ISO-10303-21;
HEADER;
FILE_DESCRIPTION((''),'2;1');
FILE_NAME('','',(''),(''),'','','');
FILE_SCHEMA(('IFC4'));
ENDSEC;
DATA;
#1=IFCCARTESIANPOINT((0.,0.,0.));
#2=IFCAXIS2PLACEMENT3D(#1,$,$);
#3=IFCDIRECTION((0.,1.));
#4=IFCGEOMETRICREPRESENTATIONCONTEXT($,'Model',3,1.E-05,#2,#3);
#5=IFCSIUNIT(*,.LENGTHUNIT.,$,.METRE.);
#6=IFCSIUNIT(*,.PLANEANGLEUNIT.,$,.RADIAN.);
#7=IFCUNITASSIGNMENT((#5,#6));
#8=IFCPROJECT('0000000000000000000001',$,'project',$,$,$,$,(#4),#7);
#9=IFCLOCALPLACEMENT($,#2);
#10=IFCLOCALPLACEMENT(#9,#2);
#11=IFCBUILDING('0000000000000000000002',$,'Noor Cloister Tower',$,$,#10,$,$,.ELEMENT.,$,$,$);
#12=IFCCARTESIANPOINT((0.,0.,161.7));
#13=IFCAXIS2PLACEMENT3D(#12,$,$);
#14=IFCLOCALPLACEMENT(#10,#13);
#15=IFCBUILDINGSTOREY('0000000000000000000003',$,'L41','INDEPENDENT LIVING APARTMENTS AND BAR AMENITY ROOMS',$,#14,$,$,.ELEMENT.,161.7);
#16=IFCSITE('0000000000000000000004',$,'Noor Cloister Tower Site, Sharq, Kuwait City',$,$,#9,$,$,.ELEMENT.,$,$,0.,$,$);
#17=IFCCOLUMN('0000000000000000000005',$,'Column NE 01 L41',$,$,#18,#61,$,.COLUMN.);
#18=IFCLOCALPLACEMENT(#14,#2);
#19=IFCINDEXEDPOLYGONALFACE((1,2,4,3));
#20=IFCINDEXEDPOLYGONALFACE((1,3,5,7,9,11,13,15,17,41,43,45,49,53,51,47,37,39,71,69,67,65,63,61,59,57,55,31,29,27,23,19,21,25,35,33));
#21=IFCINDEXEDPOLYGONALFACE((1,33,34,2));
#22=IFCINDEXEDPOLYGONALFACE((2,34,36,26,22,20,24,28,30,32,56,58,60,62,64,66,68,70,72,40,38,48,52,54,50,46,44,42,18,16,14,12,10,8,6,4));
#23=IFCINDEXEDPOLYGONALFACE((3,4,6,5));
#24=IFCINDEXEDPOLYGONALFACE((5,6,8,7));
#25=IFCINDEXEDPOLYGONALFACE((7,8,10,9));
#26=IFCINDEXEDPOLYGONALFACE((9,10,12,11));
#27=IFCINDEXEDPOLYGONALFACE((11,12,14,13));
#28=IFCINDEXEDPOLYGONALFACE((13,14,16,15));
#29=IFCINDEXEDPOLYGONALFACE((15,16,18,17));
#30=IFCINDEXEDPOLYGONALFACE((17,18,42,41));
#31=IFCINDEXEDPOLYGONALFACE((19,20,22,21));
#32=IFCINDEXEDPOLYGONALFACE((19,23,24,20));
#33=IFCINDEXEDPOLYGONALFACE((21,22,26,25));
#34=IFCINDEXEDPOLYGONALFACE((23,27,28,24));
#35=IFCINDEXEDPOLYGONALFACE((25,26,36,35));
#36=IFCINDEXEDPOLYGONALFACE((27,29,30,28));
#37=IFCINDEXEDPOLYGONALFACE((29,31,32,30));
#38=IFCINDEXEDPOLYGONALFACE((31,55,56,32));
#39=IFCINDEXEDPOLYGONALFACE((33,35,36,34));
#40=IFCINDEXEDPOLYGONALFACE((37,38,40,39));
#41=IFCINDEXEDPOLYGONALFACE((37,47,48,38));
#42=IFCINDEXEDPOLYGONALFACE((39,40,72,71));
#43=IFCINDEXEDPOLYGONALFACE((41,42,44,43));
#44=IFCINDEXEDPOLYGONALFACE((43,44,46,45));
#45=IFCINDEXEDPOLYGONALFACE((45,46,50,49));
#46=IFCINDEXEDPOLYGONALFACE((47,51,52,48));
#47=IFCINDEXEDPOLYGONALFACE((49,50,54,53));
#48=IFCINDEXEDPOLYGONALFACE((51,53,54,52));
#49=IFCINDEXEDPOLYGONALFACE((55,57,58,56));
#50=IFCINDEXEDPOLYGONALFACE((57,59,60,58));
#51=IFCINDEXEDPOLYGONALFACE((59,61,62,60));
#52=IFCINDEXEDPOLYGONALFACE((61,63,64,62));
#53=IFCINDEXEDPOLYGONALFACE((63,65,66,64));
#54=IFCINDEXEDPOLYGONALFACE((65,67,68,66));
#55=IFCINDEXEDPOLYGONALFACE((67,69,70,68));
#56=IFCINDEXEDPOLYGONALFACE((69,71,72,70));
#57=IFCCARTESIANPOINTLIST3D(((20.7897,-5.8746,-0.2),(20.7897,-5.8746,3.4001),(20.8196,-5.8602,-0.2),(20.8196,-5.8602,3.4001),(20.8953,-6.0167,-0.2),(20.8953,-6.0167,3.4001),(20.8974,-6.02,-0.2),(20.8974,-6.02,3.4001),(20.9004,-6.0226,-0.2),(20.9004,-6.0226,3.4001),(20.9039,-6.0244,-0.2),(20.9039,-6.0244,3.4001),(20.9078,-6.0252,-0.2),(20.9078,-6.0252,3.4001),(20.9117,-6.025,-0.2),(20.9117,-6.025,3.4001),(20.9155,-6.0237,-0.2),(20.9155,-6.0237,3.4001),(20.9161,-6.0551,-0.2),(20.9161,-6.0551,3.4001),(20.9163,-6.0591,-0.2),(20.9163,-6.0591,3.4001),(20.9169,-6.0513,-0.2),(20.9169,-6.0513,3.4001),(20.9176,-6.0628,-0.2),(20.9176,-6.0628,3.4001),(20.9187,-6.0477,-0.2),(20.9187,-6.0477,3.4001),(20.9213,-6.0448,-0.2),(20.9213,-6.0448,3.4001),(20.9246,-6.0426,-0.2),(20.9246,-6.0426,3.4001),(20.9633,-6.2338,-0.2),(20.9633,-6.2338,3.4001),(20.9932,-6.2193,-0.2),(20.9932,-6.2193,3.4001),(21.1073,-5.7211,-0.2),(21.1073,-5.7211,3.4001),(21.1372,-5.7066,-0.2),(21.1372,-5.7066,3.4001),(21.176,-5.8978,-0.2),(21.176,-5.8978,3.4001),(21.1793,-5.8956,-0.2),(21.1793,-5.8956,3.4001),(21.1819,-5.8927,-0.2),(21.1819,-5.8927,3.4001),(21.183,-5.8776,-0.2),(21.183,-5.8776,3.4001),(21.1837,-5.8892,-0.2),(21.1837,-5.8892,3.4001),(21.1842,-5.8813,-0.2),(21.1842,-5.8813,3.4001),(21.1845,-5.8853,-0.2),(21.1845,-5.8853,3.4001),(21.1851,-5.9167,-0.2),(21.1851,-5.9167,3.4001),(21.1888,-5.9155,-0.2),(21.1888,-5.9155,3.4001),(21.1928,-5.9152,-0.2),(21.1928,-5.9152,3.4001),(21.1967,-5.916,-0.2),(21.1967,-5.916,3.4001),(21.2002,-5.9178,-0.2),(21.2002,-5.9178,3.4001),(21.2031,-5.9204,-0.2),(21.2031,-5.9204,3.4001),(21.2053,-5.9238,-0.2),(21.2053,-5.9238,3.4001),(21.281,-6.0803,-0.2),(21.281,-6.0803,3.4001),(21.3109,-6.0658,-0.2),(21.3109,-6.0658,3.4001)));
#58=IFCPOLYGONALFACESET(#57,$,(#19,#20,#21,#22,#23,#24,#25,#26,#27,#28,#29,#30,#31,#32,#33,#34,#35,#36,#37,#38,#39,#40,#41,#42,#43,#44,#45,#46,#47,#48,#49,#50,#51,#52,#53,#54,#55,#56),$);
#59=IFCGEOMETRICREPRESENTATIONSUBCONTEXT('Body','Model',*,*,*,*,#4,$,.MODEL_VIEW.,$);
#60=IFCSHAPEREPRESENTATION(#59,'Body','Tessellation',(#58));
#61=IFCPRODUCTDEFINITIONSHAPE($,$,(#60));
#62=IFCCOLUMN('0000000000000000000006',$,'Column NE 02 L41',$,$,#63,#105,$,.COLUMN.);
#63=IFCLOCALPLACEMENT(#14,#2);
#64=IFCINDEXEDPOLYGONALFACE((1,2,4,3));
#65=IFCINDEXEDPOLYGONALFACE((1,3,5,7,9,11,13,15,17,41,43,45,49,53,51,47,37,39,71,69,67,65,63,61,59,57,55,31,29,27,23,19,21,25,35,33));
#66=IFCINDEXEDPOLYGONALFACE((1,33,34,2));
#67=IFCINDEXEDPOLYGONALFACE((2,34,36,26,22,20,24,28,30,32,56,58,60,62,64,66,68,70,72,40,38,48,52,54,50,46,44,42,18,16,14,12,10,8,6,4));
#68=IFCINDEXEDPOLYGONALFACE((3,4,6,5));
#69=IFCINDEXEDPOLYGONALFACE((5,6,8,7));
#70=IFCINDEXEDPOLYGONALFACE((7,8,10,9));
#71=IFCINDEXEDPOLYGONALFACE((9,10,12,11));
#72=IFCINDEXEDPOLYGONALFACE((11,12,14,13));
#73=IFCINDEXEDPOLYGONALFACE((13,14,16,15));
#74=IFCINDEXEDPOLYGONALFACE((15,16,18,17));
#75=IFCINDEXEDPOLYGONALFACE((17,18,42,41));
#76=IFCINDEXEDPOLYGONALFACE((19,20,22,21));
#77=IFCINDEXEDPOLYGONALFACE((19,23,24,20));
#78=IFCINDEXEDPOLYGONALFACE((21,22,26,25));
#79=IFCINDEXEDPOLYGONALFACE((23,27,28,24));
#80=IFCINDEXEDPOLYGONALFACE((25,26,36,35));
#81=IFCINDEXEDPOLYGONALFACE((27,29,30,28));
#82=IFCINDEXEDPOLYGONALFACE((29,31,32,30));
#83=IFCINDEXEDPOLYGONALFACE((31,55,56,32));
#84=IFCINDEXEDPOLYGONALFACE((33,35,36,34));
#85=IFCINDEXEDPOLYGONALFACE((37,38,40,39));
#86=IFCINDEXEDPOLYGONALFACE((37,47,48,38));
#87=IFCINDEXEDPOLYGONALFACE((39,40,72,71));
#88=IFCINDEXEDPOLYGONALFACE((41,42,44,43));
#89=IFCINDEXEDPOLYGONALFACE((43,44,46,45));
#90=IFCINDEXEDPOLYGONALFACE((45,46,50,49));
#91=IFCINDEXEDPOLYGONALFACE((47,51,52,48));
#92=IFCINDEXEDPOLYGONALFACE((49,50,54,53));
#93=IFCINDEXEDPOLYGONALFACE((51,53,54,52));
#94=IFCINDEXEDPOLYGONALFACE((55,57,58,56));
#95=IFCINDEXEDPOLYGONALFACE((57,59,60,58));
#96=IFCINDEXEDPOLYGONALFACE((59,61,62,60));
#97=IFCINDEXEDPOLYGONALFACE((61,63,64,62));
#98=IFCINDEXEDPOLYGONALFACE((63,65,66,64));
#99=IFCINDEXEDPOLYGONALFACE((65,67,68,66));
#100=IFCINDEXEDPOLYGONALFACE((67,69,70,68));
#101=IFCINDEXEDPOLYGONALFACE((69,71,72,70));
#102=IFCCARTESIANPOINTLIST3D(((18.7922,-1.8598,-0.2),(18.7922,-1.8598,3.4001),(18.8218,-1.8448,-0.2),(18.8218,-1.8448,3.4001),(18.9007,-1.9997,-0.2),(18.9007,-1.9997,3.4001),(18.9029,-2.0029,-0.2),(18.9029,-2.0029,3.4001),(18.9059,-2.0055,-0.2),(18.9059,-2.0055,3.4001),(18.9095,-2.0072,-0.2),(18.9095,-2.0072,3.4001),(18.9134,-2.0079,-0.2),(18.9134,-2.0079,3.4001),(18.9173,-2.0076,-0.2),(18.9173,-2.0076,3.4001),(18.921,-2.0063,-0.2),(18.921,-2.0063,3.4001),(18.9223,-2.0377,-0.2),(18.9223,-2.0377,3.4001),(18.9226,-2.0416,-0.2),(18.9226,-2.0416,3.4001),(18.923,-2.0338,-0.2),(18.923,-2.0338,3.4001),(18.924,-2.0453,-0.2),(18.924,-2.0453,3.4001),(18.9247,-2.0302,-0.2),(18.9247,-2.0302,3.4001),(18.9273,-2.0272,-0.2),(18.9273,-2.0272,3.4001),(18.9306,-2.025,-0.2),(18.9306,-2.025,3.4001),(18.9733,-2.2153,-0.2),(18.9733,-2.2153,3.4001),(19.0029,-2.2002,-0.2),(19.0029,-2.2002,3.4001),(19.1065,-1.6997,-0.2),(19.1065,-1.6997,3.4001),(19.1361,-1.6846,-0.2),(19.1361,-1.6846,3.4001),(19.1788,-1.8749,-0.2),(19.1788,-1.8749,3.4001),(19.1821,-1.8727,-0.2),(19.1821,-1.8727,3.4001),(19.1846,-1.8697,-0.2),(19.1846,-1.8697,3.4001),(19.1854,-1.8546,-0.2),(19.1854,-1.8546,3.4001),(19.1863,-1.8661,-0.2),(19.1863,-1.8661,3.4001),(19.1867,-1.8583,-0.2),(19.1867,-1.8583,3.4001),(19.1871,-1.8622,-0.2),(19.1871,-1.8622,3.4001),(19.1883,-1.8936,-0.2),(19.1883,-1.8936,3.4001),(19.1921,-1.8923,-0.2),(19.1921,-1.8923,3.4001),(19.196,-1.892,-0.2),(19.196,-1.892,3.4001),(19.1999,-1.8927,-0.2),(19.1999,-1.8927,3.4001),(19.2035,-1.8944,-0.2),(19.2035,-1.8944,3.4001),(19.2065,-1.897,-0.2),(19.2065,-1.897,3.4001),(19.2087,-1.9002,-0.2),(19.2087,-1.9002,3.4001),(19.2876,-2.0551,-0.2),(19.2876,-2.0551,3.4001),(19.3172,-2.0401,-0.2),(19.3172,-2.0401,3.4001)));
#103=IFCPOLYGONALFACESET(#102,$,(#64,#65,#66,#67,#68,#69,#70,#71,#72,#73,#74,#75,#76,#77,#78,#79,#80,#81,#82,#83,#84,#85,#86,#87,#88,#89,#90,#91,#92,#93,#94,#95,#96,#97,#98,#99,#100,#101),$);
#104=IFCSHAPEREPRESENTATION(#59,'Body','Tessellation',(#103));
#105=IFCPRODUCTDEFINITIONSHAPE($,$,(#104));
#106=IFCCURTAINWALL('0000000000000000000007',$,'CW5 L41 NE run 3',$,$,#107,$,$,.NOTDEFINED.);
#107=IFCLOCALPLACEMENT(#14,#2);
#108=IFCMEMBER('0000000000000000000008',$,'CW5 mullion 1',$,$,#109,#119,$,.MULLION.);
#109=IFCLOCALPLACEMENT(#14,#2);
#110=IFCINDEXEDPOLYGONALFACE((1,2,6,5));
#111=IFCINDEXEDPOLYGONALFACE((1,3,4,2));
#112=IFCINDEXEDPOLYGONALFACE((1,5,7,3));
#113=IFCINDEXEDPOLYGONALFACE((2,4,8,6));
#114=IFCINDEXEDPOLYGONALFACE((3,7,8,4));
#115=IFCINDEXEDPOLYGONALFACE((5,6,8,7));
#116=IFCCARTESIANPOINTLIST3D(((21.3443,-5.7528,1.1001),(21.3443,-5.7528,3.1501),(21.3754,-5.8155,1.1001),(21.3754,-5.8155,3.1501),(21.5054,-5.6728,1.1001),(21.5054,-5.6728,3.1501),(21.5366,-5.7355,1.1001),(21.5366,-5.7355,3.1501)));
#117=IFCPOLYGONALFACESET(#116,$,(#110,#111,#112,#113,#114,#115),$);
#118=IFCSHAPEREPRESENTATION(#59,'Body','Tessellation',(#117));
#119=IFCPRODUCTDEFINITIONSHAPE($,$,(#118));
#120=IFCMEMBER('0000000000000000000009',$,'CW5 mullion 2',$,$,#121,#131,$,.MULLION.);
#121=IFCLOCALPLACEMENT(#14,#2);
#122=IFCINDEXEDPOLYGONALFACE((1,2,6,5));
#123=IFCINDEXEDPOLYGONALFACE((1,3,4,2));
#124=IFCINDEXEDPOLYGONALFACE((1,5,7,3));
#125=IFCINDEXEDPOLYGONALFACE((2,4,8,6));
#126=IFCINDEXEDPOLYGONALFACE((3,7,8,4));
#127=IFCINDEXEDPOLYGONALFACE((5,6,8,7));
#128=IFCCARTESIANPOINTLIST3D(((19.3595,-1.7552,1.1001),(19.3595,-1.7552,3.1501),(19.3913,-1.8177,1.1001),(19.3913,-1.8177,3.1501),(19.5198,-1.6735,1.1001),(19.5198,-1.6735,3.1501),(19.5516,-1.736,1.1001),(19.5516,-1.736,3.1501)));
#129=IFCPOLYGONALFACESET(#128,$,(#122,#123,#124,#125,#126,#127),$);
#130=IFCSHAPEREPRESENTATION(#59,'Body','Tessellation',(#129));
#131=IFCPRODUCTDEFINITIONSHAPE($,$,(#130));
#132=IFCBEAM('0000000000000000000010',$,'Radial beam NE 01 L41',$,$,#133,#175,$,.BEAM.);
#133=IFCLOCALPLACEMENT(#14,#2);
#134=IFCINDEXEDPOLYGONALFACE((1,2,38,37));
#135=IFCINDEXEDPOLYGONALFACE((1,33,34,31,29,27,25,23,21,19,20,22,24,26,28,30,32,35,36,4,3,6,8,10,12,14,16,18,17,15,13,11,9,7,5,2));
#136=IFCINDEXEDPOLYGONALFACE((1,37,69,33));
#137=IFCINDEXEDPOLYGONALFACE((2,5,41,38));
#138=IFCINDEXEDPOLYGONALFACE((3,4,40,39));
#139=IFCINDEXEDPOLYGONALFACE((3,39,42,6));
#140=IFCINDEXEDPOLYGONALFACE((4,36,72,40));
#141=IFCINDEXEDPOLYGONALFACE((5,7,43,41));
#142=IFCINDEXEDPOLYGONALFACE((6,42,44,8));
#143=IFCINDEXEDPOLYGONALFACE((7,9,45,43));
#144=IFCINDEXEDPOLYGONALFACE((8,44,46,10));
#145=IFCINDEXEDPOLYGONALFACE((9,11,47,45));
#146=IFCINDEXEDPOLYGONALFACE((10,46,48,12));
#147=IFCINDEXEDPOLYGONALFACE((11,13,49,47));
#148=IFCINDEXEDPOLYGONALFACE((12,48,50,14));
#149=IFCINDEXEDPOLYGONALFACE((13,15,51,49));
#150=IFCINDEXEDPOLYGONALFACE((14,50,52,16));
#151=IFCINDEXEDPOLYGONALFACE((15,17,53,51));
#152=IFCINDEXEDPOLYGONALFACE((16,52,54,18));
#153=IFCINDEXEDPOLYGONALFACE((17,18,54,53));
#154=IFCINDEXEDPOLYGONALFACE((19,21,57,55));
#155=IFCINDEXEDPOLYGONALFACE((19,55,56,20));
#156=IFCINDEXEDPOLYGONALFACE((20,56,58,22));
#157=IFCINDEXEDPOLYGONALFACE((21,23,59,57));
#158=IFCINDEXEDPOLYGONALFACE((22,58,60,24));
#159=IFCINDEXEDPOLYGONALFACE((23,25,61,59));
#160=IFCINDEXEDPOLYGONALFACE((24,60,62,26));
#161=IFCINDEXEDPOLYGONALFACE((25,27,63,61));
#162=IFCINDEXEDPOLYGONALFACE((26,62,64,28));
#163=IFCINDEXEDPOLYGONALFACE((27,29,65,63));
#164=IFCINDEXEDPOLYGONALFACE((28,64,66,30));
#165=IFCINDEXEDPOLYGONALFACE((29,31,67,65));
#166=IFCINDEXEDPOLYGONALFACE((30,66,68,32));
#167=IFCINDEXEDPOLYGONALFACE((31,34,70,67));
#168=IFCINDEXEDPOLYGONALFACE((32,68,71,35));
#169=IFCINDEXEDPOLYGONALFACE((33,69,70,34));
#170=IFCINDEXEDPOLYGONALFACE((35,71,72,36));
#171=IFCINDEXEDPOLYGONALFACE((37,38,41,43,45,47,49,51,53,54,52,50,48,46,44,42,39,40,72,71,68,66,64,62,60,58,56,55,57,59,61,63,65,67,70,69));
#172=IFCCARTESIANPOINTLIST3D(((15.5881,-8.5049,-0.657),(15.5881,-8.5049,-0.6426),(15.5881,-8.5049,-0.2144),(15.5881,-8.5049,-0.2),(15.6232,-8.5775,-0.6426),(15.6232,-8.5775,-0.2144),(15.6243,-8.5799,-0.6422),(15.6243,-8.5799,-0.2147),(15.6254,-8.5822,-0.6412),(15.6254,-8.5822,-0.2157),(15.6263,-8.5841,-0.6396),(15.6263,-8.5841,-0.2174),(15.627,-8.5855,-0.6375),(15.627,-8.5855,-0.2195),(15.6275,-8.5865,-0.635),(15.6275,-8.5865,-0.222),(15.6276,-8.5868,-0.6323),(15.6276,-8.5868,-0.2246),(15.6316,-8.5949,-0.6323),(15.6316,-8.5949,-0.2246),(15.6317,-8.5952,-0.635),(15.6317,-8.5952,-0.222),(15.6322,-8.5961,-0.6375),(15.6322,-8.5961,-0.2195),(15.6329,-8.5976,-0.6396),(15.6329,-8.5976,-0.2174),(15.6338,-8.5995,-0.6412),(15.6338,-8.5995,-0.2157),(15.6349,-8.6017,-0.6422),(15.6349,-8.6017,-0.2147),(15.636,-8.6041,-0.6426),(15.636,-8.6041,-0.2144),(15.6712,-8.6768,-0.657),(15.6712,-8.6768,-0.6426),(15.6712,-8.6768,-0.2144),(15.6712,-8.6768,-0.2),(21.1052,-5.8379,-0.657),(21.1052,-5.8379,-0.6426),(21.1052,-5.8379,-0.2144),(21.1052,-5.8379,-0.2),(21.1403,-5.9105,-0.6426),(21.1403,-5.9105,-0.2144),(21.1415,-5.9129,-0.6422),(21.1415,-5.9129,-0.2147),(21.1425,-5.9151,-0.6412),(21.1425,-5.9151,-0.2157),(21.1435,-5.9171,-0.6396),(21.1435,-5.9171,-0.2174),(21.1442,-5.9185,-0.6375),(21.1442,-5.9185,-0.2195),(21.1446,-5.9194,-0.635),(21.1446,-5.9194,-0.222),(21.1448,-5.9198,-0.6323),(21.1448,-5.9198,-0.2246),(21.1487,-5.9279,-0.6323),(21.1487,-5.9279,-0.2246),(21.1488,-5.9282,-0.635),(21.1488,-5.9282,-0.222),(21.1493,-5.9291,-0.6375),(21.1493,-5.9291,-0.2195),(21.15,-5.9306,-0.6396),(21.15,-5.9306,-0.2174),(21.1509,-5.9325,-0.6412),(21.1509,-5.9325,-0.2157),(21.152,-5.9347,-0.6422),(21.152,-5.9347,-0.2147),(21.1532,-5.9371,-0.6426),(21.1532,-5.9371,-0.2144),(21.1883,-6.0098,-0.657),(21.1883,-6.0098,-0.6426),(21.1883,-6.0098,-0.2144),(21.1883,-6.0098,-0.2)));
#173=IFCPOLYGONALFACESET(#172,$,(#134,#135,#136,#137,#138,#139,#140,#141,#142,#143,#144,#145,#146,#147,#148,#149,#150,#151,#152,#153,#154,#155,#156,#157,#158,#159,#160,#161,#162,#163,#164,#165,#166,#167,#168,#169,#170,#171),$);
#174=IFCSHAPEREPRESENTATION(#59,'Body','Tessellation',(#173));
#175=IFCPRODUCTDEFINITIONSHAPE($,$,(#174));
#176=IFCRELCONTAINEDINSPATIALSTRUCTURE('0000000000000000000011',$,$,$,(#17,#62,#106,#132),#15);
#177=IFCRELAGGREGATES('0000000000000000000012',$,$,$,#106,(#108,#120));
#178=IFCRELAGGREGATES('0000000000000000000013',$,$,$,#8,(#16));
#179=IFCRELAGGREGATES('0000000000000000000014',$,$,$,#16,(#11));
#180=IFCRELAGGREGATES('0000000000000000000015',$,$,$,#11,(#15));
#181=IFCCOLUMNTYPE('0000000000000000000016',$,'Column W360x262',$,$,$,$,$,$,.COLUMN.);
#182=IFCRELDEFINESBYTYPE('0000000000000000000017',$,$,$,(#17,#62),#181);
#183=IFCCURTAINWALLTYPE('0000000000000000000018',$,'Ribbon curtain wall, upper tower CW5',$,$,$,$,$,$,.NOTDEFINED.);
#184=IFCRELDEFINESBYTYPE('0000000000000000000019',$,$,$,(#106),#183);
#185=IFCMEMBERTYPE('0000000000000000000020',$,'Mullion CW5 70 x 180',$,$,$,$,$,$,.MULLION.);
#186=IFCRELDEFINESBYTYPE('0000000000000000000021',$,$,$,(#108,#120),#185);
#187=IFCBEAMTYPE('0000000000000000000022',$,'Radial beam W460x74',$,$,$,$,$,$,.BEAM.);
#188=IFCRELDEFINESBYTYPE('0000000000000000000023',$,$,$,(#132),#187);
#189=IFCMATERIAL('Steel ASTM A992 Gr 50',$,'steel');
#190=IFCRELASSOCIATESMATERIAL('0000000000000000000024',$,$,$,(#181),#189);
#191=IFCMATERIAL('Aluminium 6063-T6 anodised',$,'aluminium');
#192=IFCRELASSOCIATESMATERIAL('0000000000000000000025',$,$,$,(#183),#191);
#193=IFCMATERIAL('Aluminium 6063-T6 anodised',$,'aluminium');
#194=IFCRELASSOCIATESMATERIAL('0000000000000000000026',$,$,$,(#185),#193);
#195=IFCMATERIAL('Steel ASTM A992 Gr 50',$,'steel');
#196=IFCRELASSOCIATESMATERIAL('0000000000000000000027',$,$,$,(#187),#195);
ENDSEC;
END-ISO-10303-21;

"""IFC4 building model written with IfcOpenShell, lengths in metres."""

from ifc_helpers import new_model, si_unit, direction, frame, origin, origin_2d, place, context, subcontext, project, spatial, rectangle, i_section, extrude, material, material_profile, profile_set, type_object, element, aggregate, save


model = new_model("IFC4")

# Units and contexts
model_context = context("Model", 3, precision=1e-05, world=origin(), true_north=direction((0.0, 1.0)))
body_context = subcontext(model_context, "Body", "Model", "MODEL_VIEW")
ifc_project = project(units=[si_unit("LENGTHUNIT", "METRE"), si_unit("PLANEANGLEUNIT", "RADIAN")], contexts=[model_context])

# Site, building, storey
site_placement = place(None, origin())
site = spatial("IfcSite", under=ifc_project, at=site_placement, Name="Noor Cloister Tower Site, Sharq, Kuwait City", CompositionType="ELEMENT", RefElevation=0.0)
building_placement = place(site_placement, origin())
building = spatial("IfcBuilding", under=site, at=building_placement, Name="Noor Cloister Tower", CompositionType="ELEMENT")
storey_placement = place(building_placement, frame((0.0, 0.0, 161.7)))
storey = spatial("IfcBuildingStorey", under=building, at=storey_placement, Name="L41", Description="INDEPENDENT LIVING APARTMENTS AND BAR AMENITY ROOMS", CompositionType="ELEMENT", Elevation=161.7)

# Columns
ifc_material_1 = material(Name="Steel ASTM A992 Gr 50", Category="steel")
ifc_material_profile_1 = material_profile(ifc_material_1, i_section(OverallWidth=0.3989, OverallDepth=0.386, WebThickness=0.021, FlangeThickness=0.0332, FilletRadius=0.0151, at=origin_2d()), Name="W360x262")
ifc_profile_set_1 = profile_set([ifc_material_profile_1], Name="Steel ASTM A992 Gr 50")
column_type = type_object("IfcColumnType", Name="Column W360x262", PredefinedType="COLUMN", material=ifc_profile_set_1)
for number, where, z_axis, x_axis, name in (
    (1, (21.0503, -5.9702, -0.2), (0.0, 0.0, 1.0), (-0.435223, 0.900322, 0.0), "Column NE 01 L41"),
    (2, (19.0547, -1.95, -0.2), (0.0, 0.0, 1.0), (-0.453985, 0.891009, 0.0), "Column NE 02 L41"),
):
    element("IfcColumn", number, at=place(storey_placement, frame(where, z_axis=z_axis, x_axis=x_axis)), inside=storey, type_object=column_type, Name=name, PredefinedType="COLUMN", context=body_context, shape_type="SweptSolid", body=[
        extrude(i_section(OverallWidth=0.3989, OverallDepth=0.386, WebThickness=0.021, FlangeThickness=0.0332, FilletRadius=0.0151, at=origin_2d()), origin(), (0.0, 0.0, 1.0), 3.6001),
    ])

# Curtain wall, members
ifc_material_2 = material(Name="Aluminium 6063-T6 anodised", Category="aluminium")
curtain_wall_type = type_object("IfcCurtainWallType", Name="Ribbon curtain wall, upper tower CW5", PredefinedType="NOTDEFINED", material=ifc_material_2)
curtain_wall_placement = place(storey_placement, origin())
curtain_wall = element("IfcCurtainWall", 3, at=curtain_wall_placement, inside=storey, type_object=curtain_wall_type, Name="CW5 L41 NE run 3", PredefinedType="NOTDEFINED")
ifc_material_3 = material(Name="Aluminium 6063-T6 anodised", Category="aluminium")
ifc_material_profile_2 = material_profile(ifc_material_3, rectangle(XDim=0.1799, YDim=0.0701, at=origin_2d()), Name="180 x 70 mullion")
ifc_profile_set_2 = profile_set([ifc_material_profile_2], Name="Aluminium 6063-T6 anodised")
member_type = type_object("IfcMemberType", Name="Mullion CW5 70 x 180", PredefinedType="MULLION", material=ifc_profile_set_2)
member_1_placement = place(storey_placement, frame((21.4404, -5.7441, 1.1001), z_axis=(0.0, 0.0, 1.0), x_axis=(-0.895715, -0.444629, 0.0)))
member_1 = element("IfcMember", 4, at=member_1_placement, type_object=member_type, Name="CW5 mullion 1", PredefinedType="MULLION", context=body_context, shape_type="SweptSolid", body=[
    extrude(rectangle(XDim=0.1799, YDim=0.0701, at=origin_2d()), origin(), (0.0, 0.0, 1.0), 2.05),
])
member_2_placement = place(storey_placement, frame((19.4556, -1.7456, 1.1001), z_axis=(0.0, 0.0, 1.0), x_axis=(-0.891009, -0.453985, 0.0)))
member_2 = element("IfcMember", 5, at=member_2_placement, type_object=member_type, Name="CW5 mullion 2", PredefinedType="MULLION", context=body_context, shape_type="SweptSolid", body=[
    extrude(rectangle(XDim=0.1799, YDim=0.0701, at=origin_2d()), origin(), (0.0, 0.0, 1.0), 2.05),
])

# Beam
ifc_material_4 = material(Name="Steel ASTM A992 Gr 50", Category="steel")
ifc_material_profile_3 = material_profile(ifc_material_4, i_section(OverallWidth=0.1909, OverallDepth=0.457, WebThickness=0.009, FlangeThickness=0.0144, FilletRadius=0.0103, at=origin_2d()), Name="W460x74")
ifc_profile_set_3 = profile_set([ifc_material_profile_3], Name="Steel ASTM A992 Gr 50")
beam_type_1 = type_object("IfcBeamType", Name="Radial beam W460x74", PredefinedType="BEAM", material=ifc_profile_set_3)
beam_1_placement = place(storey_placement, frame((21.1467, -5.9238, -0.4285), z_axis=(-0.900323, -0.435221, 0.0), x_axis=(0.435221, -0.900323, 0.0)))
element("IfcBeam", 6, at=beam_1_placement, inside=storey, type_object=beam_type_1, Name="Radial beam NE 01 L41", PredefinedType="BEAM", context=body_context, shape_type="SweptSolid", body=[
    extrude(i_section(OverallWidth=0.1909, OverallDepth=0.457, WebThickness=0.009, FlangeThickness=0.0144, FilletRadius=0.0103, at=origin_2d()), origin(), (0.0, 0.0, 1.0), 6.1279),
])

aggregate(curtain_wall, [member_1, member_2])

save(model, "model.ifc")
